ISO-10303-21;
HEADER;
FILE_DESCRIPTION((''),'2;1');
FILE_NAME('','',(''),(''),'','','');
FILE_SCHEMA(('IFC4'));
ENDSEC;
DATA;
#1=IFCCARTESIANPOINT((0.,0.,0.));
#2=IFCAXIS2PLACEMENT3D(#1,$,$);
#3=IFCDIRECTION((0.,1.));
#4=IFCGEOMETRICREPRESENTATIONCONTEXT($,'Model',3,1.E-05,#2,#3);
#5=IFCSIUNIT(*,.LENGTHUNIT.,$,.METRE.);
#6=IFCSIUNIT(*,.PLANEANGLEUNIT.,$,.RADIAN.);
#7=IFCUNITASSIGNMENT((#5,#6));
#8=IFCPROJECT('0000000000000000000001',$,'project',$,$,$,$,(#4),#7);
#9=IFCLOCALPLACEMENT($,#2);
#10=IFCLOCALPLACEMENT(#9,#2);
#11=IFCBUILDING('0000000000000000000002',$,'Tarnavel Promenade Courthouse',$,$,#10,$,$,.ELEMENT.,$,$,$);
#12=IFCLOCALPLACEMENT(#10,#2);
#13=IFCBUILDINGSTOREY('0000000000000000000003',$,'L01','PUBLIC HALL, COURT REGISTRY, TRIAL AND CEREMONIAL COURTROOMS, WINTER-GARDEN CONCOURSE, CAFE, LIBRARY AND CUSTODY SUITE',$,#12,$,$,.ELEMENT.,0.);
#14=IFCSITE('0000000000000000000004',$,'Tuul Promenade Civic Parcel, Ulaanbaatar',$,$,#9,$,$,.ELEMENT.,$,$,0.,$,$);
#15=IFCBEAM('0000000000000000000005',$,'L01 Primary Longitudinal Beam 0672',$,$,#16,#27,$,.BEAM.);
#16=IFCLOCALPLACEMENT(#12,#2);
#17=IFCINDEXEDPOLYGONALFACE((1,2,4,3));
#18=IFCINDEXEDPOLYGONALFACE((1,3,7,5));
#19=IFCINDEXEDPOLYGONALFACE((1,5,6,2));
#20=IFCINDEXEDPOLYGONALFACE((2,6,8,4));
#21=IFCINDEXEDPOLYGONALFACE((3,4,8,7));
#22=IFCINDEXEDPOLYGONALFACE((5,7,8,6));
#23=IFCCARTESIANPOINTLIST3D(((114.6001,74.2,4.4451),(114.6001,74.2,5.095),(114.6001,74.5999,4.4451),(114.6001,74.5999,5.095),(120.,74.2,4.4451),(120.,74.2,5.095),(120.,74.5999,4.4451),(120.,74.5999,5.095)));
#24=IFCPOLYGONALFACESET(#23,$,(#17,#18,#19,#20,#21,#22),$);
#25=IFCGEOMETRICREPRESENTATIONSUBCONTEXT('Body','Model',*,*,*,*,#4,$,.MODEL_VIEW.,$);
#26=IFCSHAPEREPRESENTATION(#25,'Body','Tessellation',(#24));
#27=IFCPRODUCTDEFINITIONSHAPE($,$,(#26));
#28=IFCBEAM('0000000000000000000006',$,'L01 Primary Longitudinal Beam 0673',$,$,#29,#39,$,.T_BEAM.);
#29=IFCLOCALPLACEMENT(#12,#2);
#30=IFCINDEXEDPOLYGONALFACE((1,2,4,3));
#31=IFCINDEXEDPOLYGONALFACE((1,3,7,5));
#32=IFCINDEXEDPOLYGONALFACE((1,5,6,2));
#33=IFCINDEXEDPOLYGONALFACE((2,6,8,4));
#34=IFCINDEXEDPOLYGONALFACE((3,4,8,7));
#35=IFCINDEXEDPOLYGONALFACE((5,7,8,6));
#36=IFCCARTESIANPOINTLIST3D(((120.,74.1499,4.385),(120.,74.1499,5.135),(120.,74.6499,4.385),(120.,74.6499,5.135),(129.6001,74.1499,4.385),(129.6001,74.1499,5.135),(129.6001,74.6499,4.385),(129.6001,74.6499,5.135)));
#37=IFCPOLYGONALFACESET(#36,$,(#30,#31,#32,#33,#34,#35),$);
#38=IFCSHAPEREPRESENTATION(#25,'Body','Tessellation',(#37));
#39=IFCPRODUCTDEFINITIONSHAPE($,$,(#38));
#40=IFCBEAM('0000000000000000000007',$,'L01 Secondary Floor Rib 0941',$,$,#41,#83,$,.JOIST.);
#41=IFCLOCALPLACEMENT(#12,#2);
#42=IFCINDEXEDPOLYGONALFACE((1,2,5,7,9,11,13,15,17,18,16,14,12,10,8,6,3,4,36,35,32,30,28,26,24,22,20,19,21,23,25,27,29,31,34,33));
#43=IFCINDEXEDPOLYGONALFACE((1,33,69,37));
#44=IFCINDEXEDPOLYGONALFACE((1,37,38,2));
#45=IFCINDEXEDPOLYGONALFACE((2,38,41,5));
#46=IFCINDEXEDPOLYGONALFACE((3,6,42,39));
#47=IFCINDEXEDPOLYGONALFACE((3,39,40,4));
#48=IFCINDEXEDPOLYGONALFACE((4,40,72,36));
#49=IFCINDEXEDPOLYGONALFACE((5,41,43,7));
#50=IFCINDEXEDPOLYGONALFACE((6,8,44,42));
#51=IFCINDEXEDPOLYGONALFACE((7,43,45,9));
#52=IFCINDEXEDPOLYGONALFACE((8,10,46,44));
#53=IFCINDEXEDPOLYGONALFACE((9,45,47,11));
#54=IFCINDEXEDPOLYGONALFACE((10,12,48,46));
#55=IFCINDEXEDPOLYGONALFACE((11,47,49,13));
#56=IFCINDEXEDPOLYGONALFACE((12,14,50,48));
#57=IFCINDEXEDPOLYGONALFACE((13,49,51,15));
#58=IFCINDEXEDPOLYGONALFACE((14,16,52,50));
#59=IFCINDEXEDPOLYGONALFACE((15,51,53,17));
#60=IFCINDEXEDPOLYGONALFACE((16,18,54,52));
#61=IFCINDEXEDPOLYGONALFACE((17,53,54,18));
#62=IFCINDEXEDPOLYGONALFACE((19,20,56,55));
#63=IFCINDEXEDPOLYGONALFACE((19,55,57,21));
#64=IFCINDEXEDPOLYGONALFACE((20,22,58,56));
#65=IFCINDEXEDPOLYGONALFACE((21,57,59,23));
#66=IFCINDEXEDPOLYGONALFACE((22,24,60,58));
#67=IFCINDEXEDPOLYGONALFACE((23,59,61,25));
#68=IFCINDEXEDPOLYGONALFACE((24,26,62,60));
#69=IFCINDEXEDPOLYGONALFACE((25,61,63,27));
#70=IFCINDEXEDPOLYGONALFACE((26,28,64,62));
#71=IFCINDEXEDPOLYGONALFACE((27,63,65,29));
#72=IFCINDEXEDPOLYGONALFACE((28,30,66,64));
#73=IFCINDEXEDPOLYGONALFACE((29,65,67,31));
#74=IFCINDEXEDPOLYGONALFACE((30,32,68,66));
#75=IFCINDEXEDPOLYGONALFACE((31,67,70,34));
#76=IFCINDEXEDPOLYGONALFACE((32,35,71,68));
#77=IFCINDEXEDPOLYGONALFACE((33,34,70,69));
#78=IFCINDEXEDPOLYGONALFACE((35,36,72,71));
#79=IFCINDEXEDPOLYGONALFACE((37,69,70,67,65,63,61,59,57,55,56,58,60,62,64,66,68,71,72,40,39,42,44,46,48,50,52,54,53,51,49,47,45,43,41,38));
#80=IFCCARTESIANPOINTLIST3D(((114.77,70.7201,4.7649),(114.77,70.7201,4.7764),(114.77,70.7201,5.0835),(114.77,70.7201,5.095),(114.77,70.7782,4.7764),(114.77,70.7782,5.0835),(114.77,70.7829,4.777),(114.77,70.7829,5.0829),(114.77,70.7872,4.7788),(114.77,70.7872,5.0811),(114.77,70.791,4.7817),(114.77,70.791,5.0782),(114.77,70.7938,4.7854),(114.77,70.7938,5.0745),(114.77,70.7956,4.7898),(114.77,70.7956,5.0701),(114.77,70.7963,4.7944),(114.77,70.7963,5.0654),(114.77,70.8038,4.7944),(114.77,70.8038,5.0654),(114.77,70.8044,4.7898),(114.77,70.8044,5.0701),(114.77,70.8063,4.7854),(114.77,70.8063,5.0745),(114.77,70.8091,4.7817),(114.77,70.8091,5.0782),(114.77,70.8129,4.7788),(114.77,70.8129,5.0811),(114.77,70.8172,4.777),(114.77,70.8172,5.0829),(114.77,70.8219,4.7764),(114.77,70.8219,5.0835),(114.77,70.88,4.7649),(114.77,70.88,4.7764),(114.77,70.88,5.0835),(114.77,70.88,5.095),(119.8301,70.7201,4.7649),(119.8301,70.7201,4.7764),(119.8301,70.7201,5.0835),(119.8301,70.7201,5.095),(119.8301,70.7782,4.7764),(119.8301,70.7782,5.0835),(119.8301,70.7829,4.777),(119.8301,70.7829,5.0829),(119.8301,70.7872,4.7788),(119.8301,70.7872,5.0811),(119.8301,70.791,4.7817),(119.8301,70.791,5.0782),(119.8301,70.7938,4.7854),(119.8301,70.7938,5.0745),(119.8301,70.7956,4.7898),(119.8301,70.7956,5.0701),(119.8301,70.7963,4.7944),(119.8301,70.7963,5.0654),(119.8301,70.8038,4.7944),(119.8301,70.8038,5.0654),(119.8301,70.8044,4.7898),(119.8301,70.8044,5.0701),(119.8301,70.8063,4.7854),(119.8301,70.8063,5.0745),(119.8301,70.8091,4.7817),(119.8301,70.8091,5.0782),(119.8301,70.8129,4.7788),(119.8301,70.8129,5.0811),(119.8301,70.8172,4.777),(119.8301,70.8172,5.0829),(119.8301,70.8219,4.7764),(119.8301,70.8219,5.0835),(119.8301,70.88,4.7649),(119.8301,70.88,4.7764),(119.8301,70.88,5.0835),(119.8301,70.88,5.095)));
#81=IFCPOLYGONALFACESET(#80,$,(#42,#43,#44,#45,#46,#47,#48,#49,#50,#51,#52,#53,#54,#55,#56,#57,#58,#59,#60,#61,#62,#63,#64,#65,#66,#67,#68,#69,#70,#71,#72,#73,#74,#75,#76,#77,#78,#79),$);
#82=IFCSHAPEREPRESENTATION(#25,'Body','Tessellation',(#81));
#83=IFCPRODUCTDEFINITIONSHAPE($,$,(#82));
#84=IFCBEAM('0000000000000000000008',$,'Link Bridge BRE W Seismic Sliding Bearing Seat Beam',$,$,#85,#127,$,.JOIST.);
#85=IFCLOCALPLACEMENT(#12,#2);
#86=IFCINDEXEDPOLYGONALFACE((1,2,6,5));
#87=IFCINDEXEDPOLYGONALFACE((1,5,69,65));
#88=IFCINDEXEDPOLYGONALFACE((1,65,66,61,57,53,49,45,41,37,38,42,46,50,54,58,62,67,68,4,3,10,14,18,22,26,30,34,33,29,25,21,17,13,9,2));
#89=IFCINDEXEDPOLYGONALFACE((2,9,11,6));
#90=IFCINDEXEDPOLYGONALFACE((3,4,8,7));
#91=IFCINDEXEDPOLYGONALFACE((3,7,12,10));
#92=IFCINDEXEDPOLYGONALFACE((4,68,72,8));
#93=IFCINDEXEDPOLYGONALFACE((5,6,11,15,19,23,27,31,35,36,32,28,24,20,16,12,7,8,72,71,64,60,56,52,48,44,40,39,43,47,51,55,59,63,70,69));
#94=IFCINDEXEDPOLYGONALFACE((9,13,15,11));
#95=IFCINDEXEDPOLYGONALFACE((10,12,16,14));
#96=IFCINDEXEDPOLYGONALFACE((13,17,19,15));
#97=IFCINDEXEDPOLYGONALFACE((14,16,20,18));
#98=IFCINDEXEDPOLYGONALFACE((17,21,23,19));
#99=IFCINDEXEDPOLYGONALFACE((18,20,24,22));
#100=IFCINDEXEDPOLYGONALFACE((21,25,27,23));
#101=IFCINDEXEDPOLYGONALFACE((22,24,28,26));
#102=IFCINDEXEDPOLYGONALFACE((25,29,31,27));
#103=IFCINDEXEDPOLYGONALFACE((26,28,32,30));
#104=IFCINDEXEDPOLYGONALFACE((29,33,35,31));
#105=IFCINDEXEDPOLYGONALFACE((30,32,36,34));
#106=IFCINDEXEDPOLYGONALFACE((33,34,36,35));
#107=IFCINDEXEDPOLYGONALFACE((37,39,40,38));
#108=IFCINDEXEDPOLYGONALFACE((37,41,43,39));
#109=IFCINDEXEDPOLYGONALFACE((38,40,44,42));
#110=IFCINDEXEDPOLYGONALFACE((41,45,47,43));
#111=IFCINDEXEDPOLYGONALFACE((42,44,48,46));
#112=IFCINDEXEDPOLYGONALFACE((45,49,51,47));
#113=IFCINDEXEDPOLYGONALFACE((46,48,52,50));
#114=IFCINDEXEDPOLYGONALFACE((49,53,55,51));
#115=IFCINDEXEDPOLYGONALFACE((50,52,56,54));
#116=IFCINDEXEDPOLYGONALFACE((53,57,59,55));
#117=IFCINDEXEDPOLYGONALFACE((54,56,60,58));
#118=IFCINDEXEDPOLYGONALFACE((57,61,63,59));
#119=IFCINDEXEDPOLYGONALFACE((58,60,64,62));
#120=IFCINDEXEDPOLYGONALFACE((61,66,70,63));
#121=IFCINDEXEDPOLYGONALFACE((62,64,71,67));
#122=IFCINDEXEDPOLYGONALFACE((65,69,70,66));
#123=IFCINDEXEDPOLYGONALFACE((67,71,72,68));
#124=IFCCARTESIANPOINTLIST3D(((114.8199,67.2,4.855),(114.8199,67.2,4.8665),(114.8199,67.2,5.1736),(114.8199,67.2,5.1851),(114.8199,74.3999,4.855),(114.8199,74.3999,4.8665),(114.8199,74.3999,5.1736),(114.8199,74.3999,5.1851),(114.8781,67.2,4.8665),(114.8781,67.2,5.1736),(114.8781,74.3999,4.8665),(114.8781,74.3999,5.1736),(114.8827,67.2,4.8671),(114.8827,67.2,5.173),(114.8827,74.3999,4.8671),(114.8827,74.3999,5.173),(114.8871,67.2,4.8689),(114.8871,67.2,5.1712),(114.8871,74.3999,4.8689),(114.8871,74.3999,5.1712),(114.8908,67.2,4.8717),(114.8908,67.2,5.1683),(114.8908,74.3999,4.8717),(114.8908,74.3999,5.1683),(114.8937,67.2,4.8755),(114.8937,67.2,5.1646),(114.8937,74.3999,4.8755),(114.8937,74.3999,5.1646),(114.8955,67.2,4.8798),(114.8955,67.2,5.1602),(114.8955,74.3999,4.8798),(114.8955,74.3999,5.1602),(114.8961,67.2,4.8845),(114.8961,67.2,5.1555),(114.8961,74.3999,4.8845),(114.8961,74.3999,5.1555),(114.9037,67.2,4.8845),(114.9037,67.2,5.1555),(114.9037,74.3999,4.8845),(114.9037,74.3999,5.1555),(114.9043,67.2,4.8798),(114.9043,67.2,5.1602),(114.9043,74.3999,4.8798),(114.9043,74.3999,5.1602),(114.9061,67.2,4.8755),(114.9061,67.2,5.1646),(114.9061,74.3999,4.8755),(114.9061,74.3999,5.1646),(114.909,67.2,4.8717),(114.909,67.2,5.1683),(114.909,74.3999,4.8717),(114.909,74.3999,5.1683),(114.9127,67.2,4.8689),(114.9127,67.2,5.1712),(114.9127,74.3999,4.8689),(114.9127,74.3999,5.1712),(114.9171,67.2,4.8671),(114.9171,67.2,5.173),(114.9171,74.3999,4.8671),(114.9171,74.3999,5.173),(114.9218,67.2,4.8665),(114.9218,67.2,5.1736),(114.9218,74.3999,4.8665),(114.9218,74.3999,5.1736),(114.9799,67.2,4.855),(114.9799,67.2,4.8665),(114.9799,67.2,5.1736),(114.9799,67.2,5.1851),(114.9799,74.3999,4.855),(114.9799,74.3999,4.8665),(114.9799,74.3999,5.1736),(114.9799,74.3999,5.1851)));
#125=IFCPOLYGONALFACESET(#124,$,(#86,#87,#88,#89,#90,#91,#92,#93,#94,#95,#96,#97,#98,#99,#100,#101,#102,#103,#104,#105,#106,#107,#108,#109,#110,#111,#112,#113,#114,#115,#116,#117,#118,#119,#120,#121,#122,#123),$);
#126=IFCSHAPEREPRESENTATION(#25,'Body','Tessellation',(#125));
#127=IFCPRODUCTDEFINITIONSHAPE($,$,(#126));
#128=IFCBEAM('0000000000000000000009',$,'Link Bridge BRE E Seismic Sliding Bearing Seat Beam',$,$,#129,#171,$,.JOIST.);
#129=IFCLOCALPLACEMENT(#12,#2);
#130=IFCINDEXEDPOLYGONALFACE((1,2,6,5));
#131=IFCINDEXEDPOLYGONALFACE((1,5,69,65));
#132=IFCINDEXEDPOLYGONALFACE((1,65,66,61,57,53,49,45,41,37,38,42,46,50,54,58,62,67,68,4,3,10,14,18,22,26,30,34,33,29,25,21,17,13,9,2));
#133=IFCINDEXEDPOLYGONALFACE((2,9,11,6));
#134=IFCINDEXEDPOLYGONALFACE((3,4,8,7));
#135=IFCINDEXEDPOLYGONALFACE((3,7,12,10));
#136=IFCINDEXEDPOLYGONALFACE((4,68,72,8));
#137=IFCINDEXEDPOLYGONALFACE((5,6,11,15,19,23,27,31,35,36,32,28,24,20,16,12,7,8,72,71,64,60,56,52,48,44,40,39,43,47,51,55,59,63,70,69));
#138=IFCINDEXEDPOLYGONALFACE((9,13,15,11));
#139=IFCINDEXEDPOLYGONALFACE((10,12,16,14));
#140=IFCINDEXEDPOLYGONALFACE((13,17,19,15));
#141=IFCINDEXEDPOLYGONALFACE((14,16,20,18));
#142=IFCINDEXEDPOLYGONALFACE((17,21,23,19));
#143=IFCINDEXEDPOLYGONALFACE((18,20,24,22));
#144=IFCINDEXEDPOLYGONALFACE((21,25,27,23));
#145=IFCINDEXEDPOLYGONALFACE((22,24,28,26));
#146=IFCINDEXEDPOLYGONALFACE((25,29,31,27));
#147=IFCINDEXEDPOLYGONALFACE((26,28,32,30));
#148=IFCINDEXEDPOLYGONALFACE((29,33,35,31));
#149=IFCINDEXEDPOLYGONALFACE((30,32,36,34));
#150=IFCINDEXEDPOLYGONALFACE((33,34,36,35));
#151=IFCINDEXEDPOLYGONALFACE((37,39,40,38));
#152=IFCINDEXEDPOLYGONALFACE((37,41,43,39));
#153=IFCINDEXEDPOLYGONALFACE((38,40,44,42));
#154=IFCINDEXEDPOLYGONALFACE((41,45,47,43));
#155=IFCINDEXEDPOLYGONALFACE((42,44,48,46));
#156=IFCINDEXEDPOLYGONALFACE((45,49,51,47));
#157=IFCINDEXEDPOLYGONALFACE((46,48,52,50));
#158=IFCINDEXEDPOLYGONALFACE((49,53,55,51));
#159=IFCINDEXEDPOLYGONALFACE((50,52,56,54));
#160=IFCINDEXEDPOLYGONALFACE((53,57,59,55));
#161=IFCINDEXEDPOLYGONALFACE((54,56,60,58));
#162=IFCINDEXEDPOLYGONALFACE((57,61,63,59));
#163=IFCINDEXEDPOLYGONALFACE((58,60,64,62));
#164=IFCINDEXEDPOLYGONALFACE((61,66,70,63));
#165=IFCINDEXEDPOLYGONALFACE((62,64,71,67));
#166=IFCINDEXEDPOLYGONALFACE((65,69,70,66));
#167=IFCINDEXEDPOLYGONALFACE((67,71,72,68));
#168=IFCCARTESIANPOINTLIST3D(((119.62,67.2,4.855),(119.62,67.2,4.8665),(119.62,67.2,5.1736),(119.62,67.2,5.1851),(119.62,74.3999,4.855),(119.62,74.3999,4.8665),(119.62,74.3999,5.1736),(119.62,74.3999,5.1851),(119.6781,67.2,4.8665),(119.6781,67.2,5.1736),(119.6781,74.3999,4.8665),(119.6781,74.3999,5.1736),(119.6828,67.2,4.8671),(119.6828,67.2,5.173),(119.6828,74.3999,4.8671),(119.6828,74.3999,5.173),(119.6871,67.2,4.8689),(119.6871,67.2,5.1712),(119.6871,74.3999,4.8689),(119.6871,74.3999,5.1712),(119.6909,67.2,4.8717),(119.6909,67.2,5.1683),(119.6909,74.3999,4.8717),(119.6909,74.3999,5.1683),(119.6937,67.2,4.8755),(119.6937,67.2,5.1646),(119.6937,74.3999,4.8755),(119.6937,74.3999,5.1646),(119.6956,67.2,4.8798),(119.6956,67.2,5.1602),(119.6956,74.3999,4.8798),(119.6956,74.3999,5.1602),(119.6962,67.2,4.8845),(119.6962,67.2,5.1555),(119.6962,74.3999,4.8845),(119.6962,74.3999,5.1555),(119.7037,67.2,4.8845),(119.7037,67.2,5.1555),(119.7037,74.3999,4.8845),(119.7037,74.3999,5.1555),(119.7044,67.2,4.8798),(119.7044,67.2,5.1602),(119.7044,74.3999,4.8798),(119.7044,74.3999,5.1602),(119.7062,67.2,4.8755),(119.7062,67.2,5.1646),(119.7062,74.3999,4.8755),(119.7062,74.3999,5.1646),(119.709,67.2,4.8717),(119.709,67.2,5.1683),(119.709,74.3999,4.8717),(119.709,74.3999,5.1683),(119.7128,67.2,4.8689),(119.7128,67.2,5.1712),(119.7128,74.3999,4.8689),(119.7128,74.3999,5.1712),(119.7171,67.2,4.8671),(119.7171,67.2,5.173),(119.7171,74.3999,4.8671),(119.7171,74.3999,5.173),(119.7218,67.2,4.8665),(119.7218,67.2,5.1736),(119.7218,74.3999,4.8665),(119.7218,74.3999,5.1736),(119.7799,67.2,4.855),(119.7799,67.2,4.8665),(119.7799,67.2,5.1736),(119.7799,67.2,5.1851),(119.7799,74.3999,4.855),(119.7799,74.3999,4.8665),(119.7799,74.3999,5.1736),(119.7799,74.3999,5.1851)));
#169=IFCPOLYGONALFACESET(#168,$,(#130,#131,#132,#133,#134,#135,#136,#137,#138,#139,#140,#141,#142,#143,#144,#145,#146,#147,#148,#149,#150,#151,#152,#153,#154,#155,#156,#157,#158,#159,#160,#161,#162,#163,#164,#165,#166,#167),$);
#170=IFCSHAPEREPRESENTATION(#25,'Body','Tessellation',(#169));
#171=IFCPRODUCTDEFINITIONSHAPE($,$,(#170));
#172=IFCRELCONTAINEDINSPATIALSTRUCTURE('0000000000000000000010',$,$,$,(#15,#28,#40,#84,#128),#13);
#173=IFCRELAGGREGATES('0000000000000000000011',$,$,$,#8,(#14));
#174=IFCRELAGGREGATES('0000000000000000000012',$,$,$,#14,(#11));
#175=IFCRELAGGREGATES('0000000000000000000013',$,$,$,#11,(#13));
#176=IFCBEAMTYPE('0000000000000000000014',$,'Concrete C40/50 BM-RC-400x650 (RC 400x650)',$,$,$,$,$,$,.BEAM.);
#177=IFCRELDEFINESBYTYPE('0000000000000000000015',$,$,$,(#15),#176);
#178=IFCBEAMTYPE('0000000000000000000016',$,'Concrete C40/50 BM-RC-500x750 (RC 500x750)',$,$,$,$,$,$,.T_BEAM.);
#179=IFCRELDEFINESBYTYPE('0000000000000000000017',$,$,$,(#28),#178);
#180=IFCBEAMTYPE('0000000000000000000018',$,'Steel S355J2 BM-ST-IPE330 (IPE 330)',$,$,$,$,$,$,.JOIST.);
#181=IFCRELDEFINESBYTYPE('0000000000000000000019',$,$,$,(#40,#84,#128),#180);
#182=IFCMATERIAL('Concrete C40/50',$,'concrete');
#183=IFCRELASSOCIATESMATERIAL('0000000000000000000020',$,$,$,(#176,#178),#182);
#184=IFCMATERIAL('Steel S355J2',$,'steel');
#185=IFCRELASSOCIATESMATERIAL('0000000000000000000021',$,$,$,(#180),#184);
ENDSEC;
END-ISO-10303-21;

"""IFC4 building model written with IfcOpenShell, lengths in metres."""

from ifc_helpers import new_model, si_unit, direction, frame, origin, origin_2d, place, context, subcontext, project, spatial, rectangle, i_section, extrude, material, material_profile, profile_set, type_object, element, save


model = new_model("IFC4")

# Units and contexts
model_context = context("Model", 3, precision=1e-05, world=origin(), true_north=direction((0.0, 1.0)))
body_context = subcontext(model_context, "Body", "Model", "MODEL_VIEW")
ifc_project = project(units=[si_unit("LENGTHUNIT", "METRE"), si_unit("PLANEANGLEUNIT", "RADIAN")], contexts=[model_context])

# Site, building, storey
site_placement = place(None, origin())
site = spatial("IfcSite", under=ifc_project, at=site_placement, Name="Tuul Promenade Civic Parcel, Ulaanbaatar", CompositionType="ELEMENT", RefElevation=0.0)
building_placement = place(site_placement, origin())
building = spatial("IfcBuilding", under=site, at=building_placement, Name="Tarnavel Promenade Courthouse", CompositionType="ELEMENT")
storey_placement = place(building_placement, origin())
storey = spatial("IfcBuildingStorey", under=building, at=storey_placement, Name="L01", Description="PUBLIC HALL, COURT REGISTRY, TRIAL AND CEREMONIAL COURTROOMS, WINTER-GARDEN CONCOURSE, CAFE, LIBRARY AND CUSTODY SUITE", CompositionType="ELEMENT", Elevation=0.0)

# Shared definitions
ifc_material_1 = material(Name="Concrete C40/50", Category="concrete")

# Beams
ifc_material_profile_1 = material_profile(ifc_material_1, rectangle(XDim=0.3999, YDim=0.6499, at=origin_2d()), Name="RC 400x650")
ifc_profile_set_1 = profile_set([ifc_material_profile_1], Name="Concrete C40/50")
beam_type_1 = type_object("IfcBeamType", Name="Concrete C40/50 BM-RC-400x650 (RC 400x650)", PredefinedType="BEAM", material=ifc_profile_set_1)
beam_1_placement = place(storey_placement, frame((114.6001, 74.3999, 4.77), z_axis=(1.0, 0.0, 0.0), x_axis=(0.0, 1.0, 0.0)))
element("IfcBeam", 1, at=beam_1_placement, inside=storey, type_object=beam_type_1, Name="L01 Primary Longitudinal Beam 0672", PredefinedType="BEAM", context=body_context, shape_type="SweptSolid", body=[
    extrude(rectangle(XDim=0.3999, YDim=0.6499, at=origin_2d()), origin(), (0.0, 0.0, 1.0), 5.3999),
])
ifc_material_profile_2 = material_profile(ifc_material_1, rectangle(XDim=0.5, YDim=0.75, at=origin_2d()), Name="RC 500x750")
ifc_profile_set_2 = profile_set([ifc_material_profile_2], Name="Concrete C40/50")
beam_type_2 = type_object("IfcBeamType", Name="Concrete C40/50 BM-RC-500x750 (RC 500x750)", PredefinedType="T_BEAM", material=ifc_profile_set_2)
beam_2_placement = place(storey_placement, frame((120.0, 74.3999, 4.76), z_axis=(1.0, 0.0, 0.0), x_axis=(0.0, 1.0, 0.0)))
element("IfcBeam", 2, at=beam_2_placement, inside=storey, type_object=beam_type_2, Name="L01 Primary Longitudinal Beam 0673", PredefinedType="T_BEAM", context=body_context, shape_type="SweptSolid", body=[
    extrude(rectangle(XDim=0.5, YDim=0.75, at=origin_2d()), origin(), (0.0, 0.0, 1.0), 9.6001),
])
ifc_material_2 = material(Name="Steel S355J2", Category="steel")
ifc_material_profile_3 = material_profile(ifc_material_2, i_section(OverallWidth=0.1599, OverallDepth=0.3301, WebThickness=0.0076, FlangeThickness=0.0115, FilletRadius=0.0181, at=origin_2d()), Name="IPE 330")
ifc_profile_set_3 = profile_set([ifc_material_profile_3], Name="Steel S355J2")
beam_type_3 = type_object("IfcBeamType", Name="Steel S355J2 BM-ST-IPE330 (IPE 330)", PredefinedType="JOIST", material=ifc_profile_set_3)
beam_3_placement = place(storey_placement, frame((114.77, 70.8, 4.9299), z_axis=(1.0, 0.0, 0.0), x_axis=(0.0, 1.0, 0.0)))
element("IfcBeam", 3, at=beam_3_placement, inside=storey, type_object=beam_type_3, Name="L01 Secondary Floor Rib 0941", PredefinedType="JOIST", context=body_context, shape_type="SweptSolid", body=[
    extrude(i_section(OverallWidth=0.1599, OverallDepth=0.3301, WebThickness=0.0076, FlangeThickness=0.0115, FilletRadius=0.0181, at=origin_2d()), origin(), (0.0, 0.0, 1.0), 5.0601),
])
for number, where, z_axis, x_axis, name in (
    (4, (114.8999, 67.2, 5.02), (0.0, 1.0, 0.0), (-1.0, 0.0, 0.0), "Link Bridge BRE W Seismic Sliding Bearing Seat Beam"),
    (5, (119.7, 67.2, 5.02), (0.0, 1.0, 0.0), (-1.0, 0.0, 0.0), "Link Bridge BRE E Seismic Sliding Bearing Seat Beam"),
):
    element("IfcBeam", number, at=place(storey_placement, frame(where, z_axis=z_axis, x_axis=x_axis)), inside=storey, type_object=beam_type_3, Name=name, PredefinedType="JOIST", context=body_context, shape_type="SweptSolid", body=[
        extrude(i_section(OverallWidth=0.1599, OverallDepth=0.3301, WebThickness=0.0076, FlangeThickness=0.0115, FilletRadius=0.0181, at=origin_2d()), origin(), (0.0, 0.0, 1.0), 7.2),
    ])

save(model, "model.ifc")
